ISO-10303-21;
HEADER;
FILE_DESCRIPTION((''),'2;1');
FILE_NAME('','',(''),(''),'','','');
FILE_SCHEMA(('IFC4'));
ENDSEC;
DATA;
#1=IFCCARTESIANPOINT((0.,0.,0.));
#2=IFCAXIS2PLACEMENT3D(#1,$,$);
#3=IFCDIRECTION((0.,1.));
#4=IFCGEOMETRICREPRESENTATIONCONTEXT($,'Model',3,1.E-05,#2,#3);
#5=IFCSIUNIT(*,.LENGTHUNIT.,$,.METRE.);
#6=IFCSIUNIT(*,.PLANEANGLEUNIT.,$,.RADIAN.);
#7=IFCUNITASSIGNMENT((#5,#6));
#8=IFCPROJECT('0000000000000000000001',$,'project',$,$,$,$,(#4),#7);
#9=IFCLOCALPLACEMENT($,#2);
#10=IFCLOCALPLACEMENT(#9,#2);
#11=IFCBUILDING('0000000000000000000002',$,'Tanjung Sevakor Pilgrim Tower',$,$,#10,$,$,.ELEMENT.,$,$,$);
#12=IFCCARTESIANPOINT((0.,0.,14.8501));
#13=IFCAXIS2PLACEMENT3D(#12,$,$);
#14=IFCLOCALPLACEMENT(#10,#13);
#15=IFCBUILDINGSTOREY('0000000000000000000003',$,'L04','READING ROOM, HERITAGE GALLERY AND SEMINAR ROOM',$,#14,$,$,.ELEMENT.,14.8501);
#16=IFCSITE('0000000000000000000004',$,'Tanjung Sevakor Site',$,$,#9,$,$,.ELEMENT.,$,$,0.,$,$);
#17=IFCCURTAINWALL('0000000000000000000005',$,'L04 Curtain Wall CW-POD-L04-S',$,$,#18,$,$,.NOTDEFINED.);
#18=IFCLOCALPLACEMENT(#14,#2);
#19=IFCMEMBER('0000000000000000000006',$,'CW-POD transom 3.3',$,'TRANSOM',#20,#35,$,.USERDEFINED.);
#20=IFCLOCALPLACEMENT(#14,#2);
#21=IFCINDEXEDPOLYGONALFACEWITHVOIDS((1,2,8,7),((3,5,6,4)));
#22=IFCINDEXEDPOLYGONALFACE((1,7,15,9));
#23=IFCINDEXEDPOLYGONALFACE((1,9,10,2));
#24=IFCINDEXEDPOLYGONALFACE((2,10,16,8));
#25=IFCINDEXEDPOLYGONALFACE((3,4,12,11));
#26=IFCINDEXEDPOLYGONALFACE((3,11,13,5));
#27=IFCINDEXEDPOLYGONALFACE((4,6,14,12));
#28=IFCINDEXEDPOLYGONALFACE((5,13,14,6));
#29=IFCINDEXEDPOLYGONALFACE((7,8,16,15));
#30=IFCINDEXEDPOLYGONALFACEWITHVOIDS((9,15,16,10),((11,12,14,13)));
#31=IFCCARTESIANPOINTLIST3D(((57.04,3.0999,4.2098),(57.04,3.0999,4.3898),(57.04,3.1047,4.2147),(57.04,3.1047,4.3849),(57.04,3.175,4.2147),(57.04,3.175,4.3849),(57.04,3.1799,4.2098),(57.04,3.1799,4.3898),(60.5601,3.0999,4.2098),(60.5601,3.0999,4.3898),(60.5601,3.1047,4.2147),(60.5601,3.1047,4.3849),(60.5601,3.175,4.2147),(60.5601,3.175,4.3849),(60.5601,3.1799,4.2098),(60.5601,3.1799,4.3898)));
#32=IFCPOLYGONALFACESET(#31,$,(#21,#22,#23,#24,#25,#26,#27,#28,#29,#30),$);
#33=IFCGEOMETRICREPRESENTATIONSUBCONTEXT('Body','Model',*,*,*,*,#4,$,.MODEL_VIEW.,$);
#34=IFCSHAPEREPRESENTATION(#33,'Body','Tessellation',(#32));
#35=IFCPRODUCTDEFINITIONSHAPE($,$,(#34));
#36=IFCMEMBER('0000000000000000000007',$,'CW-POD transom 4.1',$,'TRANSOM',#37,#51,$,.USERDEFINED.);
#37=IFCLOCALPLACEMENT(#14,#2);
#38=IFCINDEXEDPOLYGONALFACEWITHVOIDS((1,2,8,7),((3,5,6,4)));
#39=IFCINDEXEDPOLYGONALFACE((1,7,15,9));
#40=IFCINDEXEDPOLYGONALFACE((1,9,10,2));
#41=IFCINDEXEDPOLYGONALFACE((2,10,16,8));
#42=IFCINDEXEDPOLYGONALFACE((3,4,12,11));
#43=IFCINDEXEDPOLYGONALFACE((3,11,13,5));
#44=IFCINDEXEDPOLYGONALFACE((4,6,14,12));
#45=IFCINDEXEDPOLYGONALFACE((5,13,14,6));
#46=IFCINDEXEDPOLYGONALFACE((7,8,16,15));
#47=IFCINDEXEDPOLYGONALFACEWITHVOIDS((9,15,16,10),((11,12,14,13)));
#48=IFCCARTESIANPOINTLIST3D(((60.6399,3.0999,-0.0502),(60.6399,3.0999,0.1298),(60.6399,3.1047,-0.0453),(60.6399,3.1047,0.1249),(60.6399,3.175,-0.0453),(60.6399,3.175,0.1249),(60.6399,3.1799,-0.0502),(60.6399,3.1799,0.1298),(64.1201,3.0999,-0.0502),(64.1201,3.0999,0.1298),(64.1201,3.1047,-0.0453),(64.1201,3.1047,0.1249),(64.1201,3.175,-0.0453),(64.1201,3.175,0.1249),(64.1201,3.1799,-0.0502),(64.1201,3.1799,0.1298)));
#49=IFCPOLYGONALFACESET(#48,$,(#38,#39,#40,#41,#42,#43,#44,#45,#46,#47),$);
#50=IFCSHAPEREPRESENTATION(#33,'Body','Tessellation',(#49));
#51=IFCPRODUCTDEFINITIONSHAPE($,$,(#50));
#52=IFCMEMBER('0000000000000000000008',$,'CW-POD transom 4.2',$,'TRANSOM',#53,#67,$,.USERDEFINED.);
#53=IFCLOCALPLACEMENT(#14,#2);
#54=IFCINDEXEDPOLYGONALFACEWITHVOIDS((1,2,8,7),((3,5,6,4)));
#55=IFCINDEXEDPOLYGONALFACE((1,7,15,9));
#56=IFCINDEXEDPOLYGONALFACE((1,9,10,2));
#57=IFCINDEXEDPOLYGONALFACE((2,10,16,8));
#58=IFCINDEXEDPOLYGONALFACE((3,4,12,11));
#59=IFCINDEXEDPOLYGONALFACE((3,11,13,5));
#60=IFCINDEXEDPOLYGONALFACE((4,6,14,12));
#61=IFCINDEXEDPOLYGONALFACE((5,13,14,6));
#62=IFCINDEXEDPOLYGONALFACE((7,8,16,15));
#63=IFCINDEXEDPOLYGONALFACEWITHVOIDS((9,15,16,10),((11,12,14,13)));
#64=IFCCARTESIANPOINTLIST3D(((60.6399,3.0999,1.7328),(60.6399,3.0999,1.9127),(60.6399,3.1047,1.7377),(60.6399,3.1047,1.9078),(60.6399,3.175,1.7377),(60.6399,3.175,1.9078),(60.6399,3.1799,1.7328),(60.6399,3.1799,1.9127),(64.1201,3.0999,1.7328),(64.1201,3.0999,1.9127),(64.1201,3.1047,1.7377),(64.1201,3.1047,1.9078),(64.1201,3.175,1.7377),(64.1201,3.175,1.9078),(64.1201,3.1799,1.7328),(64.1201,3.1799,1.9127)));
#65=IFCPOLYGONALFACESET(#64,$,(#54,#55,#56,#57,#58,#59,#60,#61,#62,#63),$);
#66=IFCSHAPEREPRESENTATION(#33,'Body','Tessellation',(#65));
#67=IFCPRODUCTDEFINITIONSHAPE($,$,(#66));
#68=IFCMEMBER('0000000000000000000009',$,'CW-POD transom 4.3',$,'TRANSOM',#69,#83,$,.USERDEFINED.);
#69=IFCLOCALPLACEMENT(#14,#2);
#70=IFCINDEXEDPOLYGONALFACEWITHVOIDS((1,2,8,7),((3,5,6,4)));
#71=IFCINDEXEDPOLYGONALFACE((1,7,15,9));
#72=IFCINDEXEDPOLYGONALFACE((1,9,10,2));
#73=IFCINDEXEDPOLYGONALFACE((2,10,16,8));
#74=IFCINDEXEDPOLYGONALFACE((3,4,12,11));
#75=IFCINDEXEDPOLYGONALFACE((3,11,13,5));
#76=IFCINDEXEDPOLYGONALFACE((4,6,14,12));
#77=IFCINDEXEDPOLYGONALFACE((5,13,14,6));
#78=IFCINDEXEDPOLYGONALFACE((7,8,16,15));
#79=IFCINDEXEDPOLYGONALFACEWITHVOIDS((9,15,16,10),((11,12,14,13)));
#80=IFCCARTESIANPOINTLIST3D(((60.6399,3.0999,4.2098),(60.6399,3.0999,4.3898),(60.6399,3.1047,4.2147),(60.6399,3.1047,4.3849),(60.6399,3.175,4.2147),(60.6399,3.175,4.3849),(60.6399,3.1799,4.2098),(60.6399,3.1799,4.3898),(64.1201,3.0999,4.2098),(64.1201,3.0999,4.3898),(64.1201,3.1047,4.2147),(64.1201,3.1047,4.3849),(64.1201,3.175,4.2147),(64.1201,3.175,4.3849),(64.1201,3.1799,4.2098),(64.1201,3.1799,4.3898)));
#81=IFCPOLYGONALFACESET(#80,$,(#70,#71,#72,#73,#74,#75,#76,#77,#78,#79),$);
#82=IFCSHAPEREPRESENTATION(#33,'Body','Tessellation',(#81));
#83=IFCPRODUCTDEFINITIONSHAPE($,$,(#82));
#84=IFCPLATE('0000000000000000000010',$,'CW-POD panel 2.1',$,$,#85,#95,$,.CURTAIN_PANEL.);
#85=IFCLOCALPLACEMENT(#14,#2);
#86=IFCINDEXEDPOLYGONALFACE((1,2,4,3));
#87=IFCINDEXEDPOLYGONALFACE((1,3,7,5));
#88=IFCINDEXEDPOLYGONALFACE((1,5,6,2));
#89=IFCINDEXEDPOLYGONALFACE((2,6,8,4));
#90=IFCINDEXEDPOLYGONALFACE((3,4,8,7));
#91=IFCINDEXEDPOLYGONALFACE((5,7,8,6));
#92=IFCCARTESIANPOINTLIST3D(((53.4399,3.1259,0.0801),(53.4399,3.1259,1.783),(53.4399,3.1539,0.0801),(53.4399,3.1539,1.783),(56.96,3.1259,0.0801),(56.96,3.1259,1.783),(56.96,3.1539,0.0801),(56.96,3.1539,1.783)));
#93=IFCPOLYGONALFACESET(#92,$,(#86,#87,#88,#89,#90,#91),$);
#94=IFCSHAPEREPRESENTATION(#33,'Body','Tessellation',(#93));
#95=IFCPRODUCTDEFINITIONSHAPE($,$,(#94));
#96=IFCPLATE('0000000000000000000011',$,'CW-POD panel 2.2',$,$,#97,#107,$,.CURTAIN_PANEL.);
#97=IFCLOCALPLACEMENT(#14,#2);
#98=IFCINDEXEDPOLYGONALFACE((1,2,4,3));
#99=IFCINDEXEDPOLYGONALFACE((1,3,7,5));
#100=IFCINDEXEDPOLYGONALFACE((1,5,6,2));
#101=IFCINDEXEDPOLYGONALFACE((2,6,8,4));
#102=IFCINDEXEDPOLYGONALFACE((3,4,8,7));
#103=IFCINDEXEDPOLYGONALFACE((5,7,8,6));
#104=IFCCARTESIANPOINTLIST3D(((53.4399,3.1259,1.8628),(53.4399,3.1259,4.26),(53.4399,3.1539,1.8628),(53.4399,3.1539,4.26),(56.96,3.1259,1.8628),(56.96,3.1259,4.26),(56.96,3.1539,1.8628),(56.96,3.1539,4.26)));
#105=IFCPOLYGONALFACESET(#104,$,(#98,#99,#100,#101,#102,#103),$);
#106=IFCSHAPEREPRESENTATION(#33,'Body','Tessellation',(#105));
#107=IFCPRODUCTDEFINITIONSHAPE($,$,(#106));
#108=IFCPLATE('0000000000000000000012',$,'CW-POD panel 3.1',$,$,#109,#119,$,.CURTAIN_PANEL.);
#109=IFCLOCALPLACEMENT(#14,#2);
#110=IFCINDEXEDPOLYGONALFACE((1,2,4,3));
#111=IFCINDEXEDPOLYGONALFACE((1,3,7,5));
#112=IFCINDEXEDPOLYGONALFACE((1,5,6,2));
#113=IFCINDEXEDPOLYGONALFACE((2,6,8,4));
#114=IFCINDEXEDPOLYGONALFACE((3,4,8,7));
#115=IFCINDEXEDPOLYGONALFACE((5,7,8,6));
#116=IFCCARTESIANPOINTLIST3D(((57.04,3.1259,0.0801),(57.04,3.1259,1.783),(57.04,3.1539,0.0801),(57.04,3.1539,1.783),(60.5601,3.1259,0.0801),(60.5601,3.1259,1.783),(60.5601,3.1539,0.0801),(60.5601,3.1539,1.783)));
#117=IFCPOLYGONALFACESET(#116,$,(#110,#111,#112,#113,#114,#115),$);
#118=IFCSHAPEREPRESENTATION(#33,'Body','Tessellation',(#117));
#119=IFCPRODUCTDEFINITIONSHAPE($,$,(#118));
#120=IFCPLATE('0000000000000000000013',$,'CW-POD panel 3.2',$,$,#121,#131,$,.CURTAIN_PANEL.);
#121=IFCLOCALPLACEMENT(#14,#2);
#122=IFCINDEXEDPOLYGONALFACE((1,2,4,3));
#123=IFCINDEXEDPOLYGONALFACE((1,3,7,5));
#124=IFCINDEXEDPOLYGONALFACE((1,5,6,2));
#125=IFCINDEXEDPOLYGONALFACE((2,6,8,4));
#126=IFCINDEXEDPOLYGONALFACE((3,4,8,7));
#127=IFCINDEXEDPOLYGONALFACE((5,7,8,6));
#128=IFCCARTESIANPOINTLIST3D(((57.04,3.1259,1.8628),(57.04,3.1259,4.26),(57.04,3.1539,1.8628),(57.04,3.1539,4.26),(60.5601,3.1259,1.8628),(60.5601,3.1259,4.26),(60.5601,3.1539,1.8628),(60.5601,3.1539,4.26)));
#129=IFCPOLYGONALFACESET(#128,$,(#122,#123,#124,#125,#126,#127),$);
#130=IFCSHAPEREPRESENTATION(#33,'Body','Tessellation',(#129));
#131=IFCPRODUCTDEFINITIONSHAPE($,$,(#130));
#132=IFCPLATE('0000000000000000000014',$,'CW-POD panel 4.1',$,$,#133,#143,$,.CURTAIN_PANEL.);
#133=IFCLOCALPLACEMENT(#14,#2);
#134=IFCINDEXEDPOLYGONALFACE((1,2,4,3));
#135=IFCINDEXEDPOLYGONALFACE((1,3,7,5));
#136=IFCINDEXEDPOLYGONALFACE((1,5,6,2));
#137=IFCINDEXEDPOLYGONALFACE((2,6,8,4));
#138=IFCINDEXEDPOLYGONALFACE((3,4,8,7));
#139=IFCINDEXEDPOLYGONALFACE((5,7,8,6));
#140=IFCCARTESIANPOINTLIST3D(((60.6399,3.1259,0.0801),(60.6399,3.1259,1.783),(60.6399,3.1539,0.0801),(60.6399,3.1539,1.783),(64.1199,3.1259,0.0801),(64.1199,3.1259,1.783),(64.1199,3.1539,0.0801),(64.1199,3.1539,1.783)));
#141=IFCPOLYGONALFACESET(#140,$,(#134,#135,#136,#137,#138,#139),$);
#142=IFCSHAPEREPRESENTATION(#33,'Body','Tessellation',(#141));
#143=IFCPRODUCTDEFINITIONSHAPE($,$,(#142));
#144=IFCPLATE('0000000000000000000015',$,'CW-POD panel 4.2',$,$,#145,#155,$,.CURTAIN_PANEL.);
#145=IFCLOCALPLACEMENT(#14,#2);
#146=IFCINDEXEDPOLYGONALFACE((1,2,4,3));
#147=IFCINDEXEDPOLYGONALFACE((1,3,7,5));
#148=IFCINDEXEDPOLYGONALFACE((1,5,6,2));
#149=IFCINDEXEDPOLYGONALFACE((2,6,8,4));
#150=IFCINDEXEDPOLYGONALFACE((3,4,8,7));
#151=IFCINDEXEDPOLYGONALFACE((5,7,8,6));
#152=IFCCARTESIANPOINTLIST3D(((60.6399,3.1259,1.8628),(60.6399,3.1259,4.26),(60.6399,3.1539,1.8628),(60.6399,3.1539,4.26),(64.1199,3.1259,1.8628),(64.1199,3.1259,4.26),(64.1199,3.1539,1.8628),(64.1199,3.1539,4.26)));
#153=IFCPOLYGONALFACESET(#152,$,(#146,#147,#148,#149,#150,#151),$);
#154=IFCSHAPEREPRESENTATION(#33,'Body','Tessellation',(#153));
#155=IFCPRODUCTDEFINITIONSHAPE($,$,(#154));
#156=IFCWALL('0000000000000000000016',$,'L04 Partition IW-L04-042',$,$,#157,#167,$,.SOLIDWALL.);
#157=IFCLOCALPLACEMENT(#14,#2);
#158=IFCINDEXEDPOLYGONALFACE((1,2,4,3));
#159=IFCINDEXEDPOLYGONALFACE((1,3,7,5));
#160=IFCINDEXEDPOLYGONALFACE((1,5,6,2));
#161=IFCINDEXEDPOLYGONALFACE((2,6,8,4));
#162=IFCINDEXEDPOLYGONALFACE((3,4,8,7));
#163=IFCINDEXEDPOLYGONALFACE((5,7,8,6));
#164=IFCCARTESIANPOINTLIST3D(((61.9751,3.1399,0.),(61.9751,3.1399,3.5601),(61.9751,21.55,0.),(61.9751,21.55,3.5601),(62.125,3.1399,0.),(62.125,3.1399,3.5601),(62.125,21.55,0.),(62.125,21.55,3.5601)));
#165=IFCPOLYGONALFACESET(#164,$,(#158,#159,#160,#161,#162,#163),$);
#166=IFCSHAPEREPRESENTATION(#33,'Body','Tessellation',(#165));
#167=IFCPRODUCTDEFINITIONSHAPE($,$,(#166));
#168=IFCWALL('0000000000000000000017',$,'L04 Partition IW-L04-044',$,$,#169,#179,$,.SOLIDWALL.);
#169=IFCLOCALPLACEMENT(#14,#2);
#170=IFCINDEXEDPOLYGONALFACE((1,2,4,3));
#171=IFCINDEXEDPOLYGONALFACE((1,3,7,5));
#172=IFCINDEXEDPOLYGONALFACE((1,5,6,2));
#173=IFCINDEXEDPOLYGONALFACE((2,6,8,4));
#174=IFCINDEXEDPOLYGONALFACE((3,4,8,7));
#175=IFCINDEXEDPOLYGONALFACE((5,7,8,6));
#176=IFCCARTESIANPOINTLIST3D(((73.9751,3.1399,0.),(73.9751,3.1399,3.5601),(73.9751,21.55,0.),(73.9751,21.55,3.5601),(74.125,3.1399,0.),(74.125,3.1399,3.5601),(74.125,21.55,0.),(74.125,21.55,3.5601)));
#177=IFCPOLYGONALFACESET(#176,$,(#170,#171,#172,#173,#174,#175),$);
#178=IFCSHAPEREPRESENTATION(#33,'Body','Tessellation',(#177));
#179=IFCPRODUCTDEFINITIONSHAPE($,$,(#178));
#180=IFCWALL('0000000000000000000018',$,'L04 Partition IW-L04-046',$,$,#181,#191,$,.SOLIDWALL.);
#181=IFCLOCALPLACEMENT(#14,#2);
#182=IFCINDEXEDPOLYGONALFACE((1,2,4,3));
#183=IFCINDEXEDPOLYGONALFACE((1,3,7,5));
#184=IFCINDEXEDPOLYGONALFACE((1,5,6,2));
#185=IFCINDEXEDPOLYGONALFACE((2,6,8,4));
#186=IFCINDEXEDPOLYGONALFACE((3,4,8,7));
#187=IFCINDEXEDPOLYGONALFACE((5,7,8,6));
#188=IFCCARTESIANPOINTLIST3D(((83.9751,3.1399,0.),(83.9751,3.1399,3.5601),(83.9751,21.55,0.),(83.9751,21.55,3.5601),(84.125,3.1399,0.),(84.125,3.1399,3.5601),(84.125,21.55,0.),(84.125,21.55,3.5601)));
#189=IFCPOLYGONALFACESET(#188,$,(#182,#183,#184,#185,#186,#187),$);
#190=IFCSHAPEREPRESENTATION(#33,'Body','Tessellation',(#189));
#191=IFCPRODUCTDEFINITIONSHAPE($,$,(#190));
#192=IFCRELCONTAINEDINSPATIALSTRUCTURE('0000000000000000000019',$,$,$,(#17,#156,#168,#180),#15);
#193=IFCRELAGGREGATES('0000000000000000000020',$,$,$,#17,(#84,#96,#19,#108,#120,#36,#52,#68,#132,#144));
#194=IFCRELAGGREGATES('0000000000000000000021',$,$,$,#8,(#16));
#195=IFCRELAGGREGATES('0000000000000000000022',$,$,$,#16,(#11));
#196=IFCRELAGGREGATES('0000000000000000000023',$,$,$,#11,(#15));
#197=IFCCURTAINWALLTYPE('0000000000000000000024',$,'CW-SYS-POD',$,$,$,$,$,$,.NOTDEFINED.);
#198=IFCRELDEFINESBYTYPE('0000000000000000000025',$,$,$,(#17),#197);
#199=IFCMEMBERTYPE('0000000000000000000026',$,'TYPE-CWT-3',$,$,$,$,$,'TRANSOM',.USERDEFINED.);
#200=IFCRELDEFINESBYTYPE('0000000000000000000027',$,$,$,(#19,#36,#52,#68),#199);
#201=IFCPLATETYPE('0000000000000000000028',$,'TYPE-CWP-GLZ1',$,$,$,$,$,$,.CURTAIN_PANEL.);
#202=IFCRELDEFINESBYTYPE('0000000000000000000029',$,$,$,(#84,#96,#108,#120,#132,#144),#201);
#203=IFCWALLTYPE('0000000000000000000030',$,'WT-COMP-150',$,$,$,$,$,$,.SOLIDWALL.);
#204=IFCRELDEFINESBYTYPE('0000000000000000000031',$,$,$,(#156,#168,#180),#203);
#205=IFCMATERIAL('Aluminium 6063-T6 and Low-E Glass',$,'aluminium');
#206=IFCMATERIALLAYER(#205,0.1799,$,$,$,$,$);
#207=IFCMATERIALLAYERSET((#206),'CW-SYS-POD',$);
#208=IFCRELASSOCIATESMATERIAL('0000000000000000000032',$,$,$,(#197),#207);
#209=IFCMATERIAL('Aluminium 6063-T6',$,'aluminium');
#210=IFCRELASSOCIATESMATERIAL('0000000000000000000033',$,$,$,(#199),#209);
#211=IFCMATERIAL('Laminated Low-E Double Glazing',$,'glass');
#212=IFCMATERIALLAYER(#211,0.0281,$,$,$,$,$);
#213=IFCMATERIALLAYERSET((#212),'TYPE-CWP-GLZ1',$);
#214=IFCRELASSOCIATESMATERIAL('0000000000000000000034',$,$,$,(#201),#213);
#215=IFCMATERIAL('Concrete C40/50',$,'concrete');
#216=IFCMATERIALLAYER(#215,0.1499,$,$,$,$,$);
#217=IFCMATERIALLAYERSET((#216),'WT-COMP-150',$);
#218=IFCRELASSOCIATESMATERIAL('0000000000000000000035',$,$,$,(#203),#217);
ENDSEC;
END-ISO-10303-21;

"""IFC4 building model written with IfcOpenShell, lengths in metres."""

from ifc_helpers import new_model, si_unit, direction, frame, frame_2d, origin, origin_2d, place, context, subcontext, project, spatial, rectangle, hollow_rectangle, extrude, material, layer, layer_set, material_profile, profile_set, type_object, element, aggregate, save


model = new_model("IFC4")

# Units and contexts
model_context = context("Model", 3, precision=1e-05, world=origin(), true_north=direction((0.0, 1.0)))
body_context = subcontext(model_context, "Body", "Model", "MODEL_VIEW")
ifc_project = project(units=[si_unit("LENGTHUNIT", "METRE"), si_unit("PLANEANGLEUNIT", "RADIAN")], contexts=[model_context])

# Site, building, storey
site_placement = place(None, origin())
site = spatial("IfcSite", under=ifc_project, at=site_placement, Name="Tanjung Sevakor Site", CompositionType="ELEMENT", RefElevation=0.0)
building_placement = place(site_placement, origin())
building = spatial("IfcBuilding", under=site, at=building_placement, Name="Tanjung Sevakor Pilgrim Tower", CompositionType="ELEMENT")
storey_placement = place(building_placement, frame((0.0, 0.0, 14.8501)))
storey = spatial("IfcBuildingStorey", under=building, at=storey_placement, Name="L04", Description="READING ROOM, HERITAGE GALLERY AND SEMINAR ROOM", CompositionType="ELEMENT", Elevation=14.8501)

# Curtain wall, members, plates
ifc_material_1 = material(Name="Aluminium 6063-T6 and Low-E Glass", Category="aluminium")
ifc_layer_1 = layer(ifc_material_1, 0.1799)
ifc_layer_set_1 = layer_set([ifc_layer_1], Name="CW-SYS-POD")
curtain_wall_type = type_object("IfcCurtainWallType", Name="CW-SYS-POD", PredefinedType="NOTDEFINED", material=ifc_layer_set_1)
curtain_wall_placement = place(storey_placement, origin())
curtain_wall = element("IfcCurtainWall", 1, at=curtain_wall_placement, inside=storey, type_object=curtain_wall_type, Name="L04 Curtain Wall CW-POD-L04-S", PredefinedType="NOTDEFINED")
ifc_material_2 = material(Name="Aluminium 6063-T6", Category="aluminium")
ifc_material_profile_1 = material_profile(ifc_material_2, hollow_rectangle(XDim=0.0801, YDim=0.1799, WallThickness=0.0049, at=origin_2d()))
ifc_profile_set_1 = profile_set([ifc_material_profile_1], Name="Aluminium 6063-T6")
member_type_1 = type_object("IfcMemberType", Name="TYPE-CWT-3", ElementType="TRANSOM", PredefinedType="USERDEFINED", material=ifc_profile_set_1)
member_1_placement = place(storey_placement, frame((57.04, 3.1399, 4.2998), z_axis=(1.0, 0.0, 0.0), x_axis=(0.0, 1.0, 0.0)))
member_1 = element("IfcMember", 2, at=member_1_placement, type_object=member_type_1, Name="CW-POD transom 3.3", ObjectType="TRANSOM", PredefinedType="USERDEFINED", context=body_context, shape_type="SweptSolid", body=[
    extrude(hollow_rectangle(XDim=0.0801, YDim=0.1799, WallThickness=0.0049, at=origin_2d()), origin(), (0.0, 0.0, 1.0), 3.52),
])
member_2_placement = place(storey_placement, frame((60.6399, 3.1399, 0.0398), z_axis=(1.0, 0.0, 0.0), x_axis=(0.0, 1.0, 0.0)))
member_2 = element("IfcMember", 3, at=member_2_placement, type_object=member_type_1, Name="CW-POD transom 4.1", ObjectType="TRANSOM", PredefinedType="USERDEFINED", context=body_context, shape_type="SweptSolid", body=[
    extrude(hollow_rectangle(XDim=0.0801, YDim=0.1799, WallThickness=0.0049, at=origin_2d()), origin(), (0.0, 0.0, 1.0), 3.4802),
])
member_3_placement = place(storey_placement, frame((60.6399, 3.1399, 1.8228), z_axis=(1.0, 0.0, 0.0), x_axis=(0.0, 1.0, 0.0)))
member_3 = element("IfcMember", 4, at=member_3_placement, type_object=member_type_1, Name="CW-POD transom 4.2", ObjectType="TRANSOM", PredefinedType="USERDEFINED", context=body_context, shape_type="SweptSolid", body=[
    extrude(hollow_rectangle(XDim=0.0801, YDim=0.1799, WallThickness=0.0049, at=origin_2d()), origin(), (0.0, 0.0, 1.0), 3.4802),
])
member_4_placement = place(storey_placement, frame((60.6399, 3.1399, 4.2998), z_axis=(1.0, 0.0, 0.0), x_axis=(0.0, 1.0, 0.0)))
member_4 = element("IfcMember", 5, at=member_4_placement, type_object=member_type_1, Name="CW-POD transom 4.3", ObjectType="TRANSOM", PredefinedType="USERDEFINED", context=body_context, shape_type="SweptSolid", body=[
    extrude(hollow_rectangle(XDim=0.0801, YDim=0.1799, WallThickness=0.0049, at=origin_2d()), origin(), (0.0, 0.0, 1.0), 3.4802),
])
ifc_material_3 = material(Name="Laminated Low-E Double Glazing", Category="glass")
ifc_layer_2 = layer(ifc_material_3, 0.0281)
ifc_layer_set_2 = layer_set([ifc_layer_2], Name="TYPE-CWP-GLZ1")
plate_type = type_object("IfcPlateType", Name="TYPE-CWP-GLZ1", PredefinedType="CURTAIN_PANEL", material=ifc_layer_set_2)
plate_1_placement = place(storey_placement, frame((55.2, 3.1399, 0.0801), z_axis=(0.0, 0.0, 1.0), x_axis=(1.0, 0.0, 0.0)))
plate_1 = element("IfcPlate", 6, at=plate_1_placement, type_object=plate_type, Name="CW-POD panel 2.1", PredefinedType="CURTAIN_PANEL", context=body_context, shape_type="SweptSolid", body=[
    extrude(rectangle(XDim=3.52, YDim=0.0281, at=origin_2d()), origin(), (0.0, 0.0, 1.0), 1.7029),
])
plate_2_placement = place(storey_placement, frame((55.2, 3.1399, 1.8628), z_axis=(0.0, 0.0, 1.0), x_axis=(1.0, 0.0, 0.0)))
plate_2 = element("IfcPlate", 7, at=plate_2_placement, type_object=plate_type, Name="CW-POD panel 2.2", PredefinedType="CURTAIN_PANEL", context=body_context, shape_type="SweptSolid", body=[
    extrude(rectangle(XDim=3.52, YDim=0.0281, at=origin_2d()), origin(), (0.0, 0.0, 1.0), 2.3972),
])
plate_3_placement = place(storey_placement, frame((58.8, 3.1399, 0.0801), z_axis=(0.0, 0.0, 1.0), x_axis=(1.0, 0.0, 0.0)))
plate_3 = element("IfcPlate", 8, at=plate_3_placement, type_object=plate_type, Name="CW-POD panel 3.1", PredefinedType="CURTAIN_PANEL", context=body_context, shape_type="SweptSolid", body=[
    extrude(rectangle(XDim=3.52, YDim=0.0281, at=origin_2d()), origin(), (0.0, 0.0, 1.0), 1.7029),
])
plate_4_placement = place(storey_placement, frame((58.8, 3.1399, 1.8628), z_axis=(0.0, 0.0, 1.0), x_axis=(1.0, 0.0, 0.0)))
plate_4 = element("IfcPlate", 9, at=plate_4_placement, type_object=plate_type, Name="CW-POD panel 3.2", PredefinedType="CURTAIN_PANEL", context=body_context, shape_type="SweptSolid", body=[
    extrude(rectangle(XDim=3.52, YDim=0.0281, at=origin_2d()), origin(), (0.0, 0.0, 1.0), 2.3972),
])
plate_5_placement = place(storey_placement, frame((62.3799, 3.1399, 0.0801), z_axis=(0.0, 0.0, 1.0), x_axis=(1.0, 0.0, 0.0)))
plate_5 = element("IfcPlate", 10, at=plate_5_placement, type_object=plate_type, Name="CW-POD panel 4.1", PredefinedType="CURTAIN_PANEL", context=body_context, shape_type="SweptSolid", body=[
    extrude(rectangle(XDim=3.48, YDim=0.0281, at=origin_2d()), origin(), (0.0, 0.0, 1.0), 1.7029),
])
plate_6_placement = place(storey_placement, frame((62.3799, 3.1399, 1.8628), z_axis=(0.0, 0.0, 1.0), x_axis=(1.0, 0.0, 0.0)))
plate_6 = element("IfcPlate", 11, at=plate_6_placement, type_object=plate_type, Name="CW-POD panel 4.2", PredefinedType="CURTAIN_PANEL", context=body_context, shape_type="SweptSolid", body=[
    extrude(rectangle(XDim=3.48, YDim=0.0281, at=origin_2d()), origin(), (0.0, 0.0, 1.0), 2.3972),
])
aggregate(curtain_wall, [plate_1, plate_2, member_1, plate_3, plate_4, member_2, member_3, member_4, plate_5, plate_6])

# Walls
ifc_material_4 = material(Name="Concrete C40/50", Category="concrete")
ifc_layer_3 = layer(ifc_material_4, 0.1499)
ifc_layer_set_3 = layer_set([ifc_layer_3], Name="WT-COMP-150")
wall_type_1 = type_object("IfcWallType", Name="WT-COMP-150", PredefinedType="SOLIDWALL", material=ifc_layer_set_3)
for number, where, z_axis, x_axis, name in (
    (12, (62.05, 3.1399, 0.0), (0.0, 0.0, 1.0), (0.0, 1.0, 0.0), "L04 Partition IW-L04-042"),
    (13, (74.05, 3.1399, 0.0), (0.0, 0.0, 1.0), (0.0, 1.0, 0.0), "L04 Partition IW-L04-044"),
    (14, (84.05, 3.1399, 0.0), (0.0, 0.0, 1.0), (0.0, 1.0, 0.0), "L04 Partition IW-L04-046"),
):
    element("IfcWall", number, at=place(storey_placement, frame(where, z_axis=z_axis, x_axis=x_axis)), inside=storey, type_object=wall_type_1, Name=name, PredefinedType="SOLIDWALL", context=body_context, shape_type="SweptSolid", body=[
        extrude(rectangle(XDim=18.4102, YDim=0.1499, at=frame_2d((9.2051, 0.0))), origin(), (0.0, 0.0, 1.0), 3.5601),
    ])

save(model, "model.ifc")
